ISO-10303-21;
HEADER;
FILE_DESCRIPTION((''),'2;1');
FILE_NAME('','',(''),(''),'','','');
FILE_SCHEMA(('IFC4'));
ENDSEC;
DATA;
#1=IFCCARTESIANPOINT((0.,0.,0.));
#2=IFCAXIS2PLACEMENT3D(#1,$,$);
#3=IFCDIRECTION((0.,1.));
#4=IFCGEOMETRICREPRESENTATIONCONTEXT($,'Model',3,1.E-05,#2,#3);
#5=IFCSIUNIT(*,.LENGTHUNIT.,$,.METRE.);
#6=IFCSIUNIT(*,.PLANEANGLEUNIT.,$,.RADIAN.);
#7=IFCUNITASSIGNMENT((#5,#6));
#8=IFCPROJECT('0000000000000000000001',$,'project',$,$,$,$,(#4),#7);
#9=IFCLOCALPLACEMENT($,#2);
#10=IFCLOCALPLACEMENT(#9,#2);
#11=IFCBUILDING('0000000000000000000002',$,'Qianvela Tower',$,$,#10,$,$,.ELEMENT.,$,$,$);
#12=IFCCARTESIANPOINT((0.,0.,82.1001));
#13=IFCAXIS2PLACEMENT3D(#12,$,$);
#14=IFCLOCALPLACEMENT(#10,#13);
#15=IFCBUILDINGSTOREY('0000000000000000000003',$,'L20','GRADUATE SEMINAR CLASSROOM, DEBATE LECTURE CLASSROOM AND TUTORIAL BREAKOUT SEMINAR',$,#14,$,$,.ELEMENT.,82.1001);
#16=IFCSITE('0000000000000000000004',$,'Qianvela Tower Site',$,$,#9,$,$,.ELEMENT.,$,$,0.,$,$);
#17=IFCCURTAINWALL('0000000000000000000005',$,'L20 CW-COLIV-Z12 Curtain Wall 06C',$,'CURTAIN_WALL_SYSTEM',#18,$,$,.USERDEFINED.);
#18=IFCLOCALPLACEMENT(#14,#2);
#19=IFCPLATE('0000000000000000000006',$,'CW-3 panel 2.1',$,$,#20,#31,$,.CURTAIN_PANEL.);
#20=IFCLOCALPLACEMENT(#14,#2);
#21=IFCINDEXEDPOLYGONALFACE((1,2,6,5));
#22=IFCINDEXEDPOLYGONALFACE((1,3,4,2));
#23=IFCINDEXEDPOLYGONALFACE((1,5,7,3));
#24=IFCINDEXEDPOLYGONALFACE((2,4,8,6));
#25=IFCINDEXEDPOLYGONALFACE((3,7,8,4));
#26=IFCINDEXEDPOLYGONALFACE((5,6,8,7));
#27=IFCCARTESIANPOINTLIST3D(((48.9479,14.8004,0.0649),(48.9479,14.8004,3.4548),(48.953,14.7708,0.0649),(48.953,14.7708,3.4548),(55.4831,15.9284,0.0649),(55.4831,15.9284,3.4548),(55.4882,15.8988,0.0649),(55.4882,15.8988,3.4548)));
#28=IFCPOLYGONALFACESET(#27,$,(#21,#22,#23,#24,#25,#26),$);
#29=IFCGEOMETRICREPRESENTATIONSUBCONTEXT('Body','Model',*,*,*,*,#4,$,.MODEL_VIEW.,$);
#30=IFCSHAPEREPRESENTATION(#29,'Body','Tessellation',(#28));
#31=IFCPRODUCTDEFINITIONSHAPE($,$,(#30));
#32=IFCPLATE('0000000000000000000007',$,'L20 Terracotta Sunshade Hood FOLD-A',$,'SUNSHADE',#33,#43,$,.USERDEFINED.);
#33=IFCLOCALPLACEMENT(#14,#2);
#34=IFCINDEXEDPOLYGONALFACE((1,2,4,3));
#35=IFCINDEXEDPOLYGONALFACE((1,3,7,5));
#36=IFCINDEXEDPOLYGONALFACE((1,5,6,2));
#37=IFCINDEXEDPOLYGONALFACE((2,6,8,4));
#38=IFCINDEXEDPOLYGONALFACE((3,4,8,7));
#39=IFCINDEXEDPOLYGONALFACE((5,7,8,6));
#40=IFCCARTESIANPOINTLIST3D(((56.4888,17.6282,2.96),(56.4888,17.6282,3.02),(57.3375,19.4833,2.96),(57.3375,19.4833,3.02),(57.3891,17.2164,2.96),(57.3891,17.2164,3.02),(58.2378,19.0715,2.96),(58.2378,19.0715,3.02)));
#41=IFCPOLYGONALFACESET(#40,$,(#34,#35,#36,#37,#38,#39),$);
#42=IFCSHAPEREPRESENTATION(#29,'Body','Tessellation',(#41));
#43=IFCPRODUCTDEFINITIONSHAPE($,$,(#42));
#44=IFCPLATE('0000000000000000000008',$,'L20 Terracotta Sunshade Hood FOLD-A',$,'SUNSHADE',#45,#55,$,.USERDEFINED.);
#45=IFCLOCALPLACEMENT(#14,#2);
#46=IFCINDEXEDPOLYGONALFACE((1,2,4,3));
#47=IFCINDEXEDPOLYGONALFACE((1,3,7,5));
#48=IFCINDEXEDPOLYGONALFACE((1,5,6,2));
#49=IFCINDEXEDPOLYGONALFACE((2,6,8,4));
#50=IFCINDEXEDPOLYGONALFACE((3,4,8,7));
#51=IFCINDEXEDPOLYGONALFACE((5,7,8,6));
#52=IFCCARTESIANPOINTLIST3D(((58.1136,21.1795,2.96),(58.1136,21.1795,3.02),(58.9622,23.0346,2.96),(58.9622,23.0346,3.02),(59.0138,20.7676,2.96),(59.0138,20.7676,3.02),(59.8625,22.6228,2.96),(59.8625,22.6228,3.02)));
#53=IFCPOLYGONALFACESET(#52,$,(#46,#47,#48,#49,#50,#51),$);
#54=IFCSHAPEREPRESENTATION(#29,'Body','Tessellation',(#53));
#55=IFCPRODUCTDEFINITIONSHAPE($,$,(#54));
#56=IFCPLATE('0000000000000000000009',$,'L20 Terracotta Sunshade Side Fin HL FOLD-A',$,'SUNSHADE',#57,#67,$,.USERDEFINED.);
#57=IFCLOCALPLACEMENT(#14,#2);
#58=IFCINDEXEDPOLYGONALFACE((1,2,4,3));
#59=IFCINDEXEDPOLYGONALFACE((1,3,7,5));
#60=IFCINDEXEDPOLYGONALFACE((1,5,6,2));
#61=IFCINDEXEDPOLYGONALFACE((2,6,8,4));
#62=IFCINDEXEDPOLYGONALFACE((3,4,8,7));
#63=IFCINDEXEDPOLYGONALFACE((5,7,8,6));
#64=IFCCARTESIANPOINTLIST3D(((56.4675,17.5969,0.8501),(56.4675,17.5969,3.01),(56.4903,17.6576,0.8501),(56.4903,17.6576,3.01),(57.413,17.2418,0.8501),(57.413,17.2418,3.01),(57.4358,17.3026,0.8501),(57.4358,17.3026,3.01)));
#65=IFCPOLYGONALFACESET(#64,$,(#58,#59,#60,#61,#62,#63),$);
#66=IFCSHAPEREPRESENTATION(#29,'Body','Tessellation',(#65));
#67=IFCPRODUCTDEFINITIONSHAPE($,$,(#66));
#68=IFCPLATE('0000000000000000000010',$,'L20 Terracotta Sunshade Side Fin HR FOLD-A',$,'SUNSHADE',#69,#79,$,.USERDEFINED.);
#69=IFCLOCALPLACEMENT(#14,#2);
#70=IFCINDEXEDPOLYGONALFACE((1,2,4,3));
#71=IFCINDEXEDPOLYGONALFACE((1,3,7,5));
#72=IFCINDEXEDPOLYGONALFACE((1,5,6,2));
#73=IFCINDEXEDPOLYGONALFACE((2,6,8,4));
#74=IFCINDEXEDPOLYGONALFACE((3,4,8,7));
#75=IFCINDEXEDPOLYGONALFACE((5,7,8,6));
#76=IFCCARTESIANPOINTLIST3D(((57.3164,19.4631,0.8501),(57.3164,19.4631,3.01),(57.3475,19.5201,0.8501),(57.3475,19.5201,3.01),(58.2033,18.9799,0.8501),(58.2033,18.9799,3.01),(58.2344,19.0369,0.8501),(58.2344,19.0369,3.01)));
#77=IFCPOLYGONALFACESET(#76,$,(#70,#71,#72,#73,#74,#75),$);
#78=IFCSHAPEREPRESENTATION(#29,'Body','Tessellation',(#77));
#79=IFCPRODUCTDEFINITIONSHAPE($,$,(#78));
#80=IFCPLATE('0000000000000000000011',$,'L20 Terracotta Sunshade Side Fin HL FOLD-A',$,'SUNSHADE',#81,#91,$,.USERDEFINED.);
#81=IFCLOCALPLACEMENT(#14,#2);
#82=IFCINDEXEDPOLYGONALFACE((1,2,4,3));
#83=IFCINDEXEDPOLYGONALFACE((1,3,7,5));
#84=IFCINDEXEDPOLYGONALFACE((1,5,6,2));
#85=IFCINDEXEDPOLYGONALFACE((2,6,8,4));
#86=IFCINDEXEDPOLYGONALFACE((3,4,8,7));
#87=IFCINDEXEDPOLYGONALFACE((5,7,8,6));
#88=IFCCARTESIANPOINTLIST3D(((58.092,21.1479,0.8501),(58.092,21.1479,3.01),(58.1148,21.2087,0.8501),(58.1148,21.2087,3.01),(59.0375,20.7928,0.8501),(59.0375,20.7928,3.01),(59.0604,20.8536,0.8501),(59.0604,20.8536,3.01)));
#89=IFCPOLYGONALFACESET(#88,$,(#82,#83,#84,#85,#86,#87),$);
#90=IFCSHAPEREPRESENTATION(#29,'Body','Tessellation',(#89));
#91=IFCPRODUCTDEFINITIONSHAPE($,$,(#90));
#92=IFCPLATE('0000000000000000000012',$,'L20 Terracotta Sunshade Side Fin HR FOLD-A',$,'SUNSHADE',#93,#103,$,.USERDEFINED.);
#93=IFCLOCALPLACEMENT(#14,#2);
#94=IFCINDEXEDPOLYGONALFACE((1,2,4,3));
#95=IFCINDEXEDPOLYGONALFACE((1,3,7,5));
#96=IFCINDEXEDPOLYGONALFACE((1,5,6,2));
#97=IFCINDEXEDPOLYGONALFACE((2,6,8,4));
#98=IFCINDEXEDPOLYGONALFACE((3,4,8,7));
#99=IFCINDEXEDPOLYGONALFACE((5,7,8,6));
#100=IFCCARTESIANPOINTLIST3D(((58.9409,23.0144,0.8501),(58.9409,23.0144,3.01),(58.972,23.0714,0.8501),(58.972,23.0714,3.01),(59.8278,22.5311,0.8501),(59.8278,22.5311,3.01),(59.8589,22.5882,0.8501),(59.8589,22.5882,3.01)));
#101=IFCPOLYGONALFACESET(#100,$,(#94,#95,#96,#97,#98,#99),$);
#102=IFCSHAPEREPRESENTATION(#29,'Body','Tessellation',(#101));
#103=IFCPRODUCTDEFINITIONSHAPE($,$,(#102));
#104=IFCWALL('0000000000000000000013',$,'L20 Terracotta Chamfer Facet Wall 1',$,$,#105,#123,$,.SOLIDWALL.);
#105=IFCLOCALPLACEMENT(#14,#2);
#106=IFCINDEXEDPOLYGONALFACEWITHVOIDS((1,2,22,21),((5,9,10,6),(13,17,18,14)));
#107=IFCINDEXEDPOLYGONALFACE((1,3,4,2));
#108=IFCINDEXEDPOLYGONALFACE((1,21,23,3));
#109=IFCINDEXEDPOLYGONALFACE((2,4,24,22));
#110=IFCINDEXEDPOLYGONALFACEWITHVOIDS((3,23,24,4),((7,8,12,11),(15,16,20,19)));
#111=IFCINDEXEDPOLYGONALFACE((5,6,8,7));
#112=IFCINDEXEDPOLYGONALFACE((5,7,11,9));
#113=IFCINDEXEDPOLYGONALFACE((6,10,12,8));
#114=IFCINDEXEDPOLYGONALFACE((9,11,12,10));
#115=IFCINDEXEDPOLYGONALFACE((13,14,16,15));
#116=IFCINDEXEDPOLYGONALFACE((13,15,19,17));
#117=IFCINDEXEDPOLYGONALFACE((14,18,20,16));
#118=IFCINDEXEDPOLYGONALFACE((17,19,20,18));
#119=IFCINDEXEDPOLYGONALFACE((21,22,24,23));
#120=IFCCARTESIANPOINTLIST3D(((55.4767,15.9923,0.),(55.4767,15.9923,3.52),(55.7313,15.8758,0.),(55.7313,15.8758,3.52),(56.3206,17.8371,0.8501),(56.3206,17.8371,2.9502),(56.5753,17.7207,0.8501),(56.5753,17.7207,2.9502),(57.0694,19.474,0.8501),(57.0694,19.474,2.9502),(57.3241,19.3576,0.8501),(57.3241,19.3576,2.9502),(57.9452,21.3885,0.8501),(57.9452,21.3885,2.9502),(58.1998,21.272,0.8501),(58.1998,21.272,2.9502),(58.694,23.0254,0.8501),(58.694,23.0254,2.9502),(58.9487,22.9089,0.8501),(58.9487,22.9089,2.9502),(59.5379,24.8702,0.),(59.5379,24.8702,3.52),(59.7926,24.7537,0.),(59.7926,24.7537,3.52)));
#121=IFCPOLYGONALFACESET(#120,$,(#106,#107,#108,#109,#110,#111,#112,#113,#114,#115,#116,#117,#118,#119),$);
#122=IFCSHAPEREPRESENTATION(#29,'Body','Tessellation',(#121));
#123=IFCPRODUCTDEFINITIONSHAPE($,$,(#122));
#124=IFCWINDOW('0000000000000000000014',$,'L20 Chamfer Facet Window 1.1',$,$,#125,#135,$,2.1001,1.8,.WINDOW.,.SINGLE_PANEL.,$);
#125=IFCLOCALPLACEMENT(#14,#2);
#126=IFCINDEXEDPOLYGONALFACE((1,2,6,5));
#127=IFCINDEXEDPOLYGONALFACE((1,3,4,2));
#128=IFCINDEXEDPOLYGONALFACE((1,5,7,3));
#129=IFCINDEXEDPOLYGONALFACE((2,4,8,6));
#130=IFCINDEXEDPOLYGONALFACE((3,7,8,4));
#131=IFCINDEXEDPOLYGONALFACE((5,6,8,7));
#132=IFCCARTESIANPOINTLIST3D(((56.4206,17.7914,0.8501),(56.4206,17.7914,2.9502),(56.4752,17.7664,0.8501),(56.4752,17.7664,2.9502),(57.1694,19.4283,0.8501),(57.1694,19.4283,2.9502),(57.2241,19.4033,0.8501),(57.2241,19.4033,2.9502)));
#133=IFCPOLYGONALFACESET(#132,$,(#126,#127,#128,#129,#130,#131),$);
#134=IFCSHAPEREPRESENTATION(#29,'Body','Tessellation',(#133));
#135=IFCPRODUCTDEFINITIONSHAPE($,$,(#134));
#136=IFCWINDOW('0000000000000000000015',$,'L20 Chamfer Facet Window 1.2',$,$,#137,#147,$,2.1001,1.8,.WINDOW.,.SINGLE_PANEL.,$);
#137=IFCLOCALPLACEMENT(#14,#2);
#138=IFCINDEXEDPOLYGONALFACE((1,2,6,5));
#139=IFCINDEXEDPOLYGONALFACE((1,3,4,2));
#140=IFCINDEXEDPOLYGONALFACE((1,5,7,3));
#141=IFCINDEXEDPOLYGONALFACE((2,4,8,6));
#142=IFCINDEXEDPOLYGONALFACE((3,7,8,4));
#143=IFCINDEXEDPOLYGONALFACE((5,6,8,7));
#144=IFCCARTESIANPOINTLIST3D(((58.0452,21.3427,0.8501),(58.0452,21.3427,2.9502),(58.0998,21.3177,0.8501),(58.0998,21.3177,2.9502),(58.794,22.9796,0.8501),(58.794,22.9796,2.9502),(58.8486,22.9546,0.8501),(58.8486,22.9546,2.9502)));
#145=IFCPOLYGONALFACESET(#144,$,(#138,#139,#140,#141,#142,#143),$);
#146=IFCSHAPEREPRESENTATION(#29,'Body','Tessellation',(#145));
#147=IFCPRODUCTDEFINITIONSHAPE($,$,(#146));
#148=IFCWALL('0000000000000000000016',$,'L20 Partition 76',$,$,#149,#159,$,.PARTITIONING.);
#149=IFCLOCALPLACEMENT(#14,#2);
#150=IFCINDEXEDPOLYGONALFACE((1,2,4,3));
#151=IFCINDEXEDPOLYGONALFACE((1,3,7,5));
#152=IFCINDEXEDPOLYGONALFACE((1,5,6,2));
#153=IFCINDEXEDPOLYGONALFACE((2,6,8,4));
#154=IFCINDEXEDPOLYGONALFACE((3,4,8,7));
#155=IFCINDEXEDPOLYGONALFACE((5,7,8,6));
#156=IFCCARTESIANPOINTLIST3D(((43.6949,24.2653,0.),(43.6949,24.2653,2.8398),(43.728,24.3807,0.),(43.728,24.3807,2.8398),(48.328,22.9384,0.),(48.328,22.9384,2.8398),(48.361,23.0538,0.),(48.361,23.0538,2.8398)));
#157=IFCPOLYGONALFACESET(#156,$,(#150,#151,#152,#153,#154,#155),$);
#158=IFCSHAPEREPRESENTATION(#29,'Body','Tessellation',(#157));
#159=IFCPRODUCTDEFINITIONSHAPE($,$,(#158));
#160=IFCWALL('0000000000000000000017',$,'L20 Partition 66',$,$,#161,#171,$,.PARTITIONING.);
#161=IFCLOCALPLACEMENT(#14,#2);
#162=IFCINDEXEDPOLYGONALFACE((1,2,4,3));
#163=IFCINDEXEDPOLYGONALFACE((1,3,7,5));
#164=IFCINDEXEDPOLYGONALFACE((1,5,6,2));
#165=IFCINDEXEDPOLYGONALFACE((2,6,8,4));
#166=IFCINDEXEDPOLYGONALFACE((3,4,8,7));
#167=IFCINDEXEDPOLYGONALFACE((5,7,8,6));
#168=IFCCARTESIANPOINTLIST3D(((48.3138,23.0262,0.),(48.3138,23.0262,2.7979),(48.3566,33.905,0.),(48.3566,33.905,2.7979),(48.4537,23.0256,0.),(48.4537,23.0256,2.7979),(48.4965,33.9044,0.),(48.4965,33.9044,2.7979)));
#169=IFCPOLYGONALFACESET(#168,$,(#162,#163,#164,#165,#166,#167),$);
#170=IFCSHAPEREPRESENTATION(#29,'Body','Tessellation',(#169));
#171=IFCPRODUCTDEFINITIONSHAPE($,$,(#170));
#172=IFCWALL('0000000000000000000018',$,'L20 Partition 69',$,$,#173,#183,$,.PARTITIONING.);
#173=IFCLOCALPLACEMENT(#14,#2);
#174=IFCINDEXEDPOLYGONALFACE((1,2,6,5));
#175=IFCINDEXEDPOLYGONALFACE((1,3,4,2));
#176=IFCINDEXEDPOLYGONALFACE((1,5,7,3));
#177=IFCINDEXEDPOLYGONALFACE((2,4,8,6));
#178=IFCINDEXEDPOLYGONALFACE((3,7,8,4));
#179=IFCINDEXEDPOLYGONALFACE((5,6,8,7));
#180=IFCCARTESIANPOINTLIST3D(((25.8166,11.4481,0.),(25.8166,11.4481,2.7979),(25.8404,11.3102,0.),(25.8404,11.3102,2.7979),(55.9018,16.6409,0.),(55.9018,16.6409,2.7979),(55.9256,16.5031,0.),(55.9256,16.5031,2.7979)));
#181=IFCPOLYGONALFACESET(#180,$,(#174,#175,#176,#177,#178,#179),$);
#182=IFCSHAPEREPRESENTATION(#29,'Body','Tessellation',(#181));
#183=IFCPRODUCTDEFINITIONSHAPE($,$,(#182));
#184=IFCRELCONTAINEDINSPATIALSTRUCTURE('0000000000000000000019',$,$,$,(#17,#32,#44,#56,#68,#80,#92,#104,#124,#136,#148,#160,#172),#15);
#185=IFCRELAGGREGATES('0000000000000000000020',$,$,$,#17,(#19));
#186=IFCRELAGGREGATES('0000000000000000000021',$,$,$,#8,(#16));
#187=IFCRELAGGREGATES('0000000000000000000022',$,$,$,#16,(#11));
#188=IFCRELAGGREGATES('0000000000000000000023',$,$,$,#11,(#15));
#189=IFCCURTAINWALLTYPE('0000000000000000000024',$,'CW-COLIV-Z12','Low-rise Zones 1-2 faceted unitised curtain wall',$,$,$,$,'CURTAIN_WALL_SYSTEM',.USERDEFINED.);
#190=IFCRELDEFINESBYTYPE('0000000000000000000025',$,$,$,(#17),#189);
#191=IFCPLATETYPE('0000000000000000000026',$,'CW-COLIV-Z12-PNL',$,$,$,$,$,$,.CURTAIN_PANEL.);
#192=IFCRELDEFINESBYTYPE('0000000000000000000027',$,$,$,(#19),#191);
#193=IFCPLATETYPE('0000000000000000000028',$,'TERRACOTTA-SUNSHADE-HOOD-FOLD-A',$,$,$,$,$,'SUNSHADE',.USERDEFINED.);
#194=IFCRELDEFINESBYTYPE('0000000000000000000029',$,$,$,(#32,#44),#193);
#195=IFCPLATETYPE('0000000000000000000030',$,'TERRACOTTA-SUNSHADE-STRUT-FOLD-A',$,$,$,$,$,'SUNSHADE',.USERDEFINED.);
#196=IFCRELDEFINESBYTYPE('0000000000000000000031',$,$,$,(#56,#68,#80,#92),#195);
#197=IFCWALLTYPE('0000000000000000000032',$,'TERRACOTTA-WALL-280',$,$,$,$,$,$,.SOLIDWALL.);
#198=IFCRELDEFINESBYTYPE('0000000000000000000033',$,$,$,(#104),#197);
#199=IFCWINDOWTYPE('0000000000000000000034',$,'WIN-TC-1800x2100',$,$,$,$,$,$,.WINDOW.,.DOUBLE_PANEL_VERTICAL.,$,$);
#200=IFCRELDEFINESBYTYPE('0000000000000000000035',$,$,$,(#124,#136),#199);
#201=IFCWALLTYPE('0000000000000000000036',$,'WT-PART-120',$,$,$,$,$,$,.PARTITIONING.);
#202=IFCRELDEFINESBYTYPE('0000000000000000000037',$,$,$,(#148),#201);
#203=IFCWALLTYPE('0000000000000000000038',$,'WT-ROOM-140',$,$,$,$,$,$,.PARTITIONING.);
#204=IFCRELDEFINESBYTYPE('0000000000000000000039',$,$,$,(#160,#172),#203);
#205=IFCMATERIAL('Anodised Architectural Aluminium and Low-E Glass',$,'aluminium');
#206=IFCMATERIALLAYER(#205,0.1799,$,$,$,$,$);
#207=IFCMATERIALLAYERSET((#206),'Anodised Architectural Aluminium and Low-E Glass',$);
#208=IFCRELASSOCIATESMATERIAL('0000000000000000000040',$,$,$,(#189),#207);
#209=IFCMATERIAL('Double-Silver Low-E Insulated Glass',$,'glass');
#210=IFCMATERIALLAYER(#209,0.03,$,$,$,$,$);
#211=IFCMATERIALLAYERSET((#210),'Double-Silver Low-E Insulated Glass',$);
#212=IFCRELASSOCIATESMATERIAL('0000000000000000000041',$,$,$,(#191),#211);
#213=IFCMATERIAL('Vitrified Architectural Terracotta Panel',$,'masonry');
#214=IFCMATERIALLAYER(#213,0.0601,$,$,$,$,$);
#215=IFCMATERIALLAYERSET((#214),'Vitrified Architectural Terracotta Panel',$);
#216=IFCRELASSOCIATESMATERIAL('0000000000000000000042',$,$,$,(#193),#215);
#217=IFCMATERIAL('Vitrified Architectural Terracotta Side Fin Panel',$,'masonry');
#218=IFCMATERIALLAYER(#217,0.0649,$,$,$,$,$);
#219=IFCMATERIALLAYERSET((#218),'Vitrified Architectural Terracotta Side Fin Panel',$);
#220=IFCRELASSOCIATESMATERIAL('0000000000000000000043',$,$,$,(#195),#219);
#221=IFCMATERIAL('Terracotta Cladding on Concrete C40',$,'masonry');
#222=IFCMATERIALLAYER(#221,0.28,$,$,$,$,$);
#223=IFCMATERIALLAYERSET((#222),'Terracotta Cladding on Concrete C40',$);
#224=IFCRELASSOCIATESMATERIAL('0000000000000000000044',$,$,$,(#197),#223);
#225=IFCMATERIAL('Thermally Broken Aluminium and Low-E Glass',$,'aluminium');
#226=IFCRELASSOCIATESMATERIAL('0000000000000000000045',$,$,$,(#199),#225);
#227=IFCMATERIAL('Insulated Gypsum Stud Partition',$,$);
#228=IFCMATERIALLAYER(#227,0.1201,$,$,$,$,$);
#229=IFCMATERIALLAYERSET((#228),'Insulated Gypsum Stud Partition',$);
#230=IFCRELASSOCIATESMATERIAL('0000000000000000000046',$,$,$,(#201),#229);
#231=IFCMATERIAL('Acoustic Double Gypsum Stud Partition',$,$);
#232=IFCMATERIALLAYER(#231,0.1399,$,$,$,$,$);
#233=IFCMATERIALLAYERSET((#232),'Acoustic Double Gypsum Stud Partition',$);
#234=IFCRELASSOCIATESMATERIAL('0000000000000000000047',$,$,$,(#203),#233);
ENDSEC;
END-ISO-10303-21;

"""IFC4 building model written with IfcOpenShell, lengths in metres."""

from ifc_helpers import new_model, si_unit, direction, frame, frame_2d, origin, origin_2d, place, context, subcontext, project, spatial, rectangle, extrude, material, layer, layer_set, type_object, element, fill, aggregate, save


model = new_model("IFC4")

# Units and contexts
model_context = context("Model", 3, precision=1e-05, world=origin(), true_north=direction((0.0, 1.0)))
body_context = subcontext(model_context, "Body", "Model", "MODEL_VIEW")
ifc_project = project(units=[si_unit("LENGTHUNIT", "METRE"), si_unit("PLANEANGLEUNIT", "RADIAN")], contexts=[model_context])

# Site, building, storey
site_placement = place(None, origin())
site = spatial("IfcSite", under=ifc_project, at=site_placement, Name="Qianvela Tower Site", CompositionType="ELEMENT", RefElevation=0.0)
building_placement = place(site_placement, origin())
building = spatial("IfcBuilding", under=site, at=building_placement, Name="Qianvela Tower", CompositionType="ELEMENT")
storey_placement = place(building_placement, frame((0.0, 0.0, 82.1001)))
storey = spatial("IfcBuildingStorey", under=building, at=storey_placement, Name="L20", Description="GRADUATE SEMINAR CLASSROOM, DEBATE LECTURE CLASSROOM AND TUTORIAL BREAKOUT SEMINAR", CompositionType="ELEMENT", Elevation=82.1001)

# Shared definitions
ifc_material_1 = material(Name="Anodised Architectural Aluminium and Low-E Glass", Category="aluminium")
ifc_layer_1 = layer(ifc_material_1, 0.1799)
ifc_layer_set_1 = layer_set([ifc_layer_1], Name="Anodised Architectural Aluminium and Low-E Glass")
curtain_wall_type_1 = type_object("IfcCurtainWallType", Name="CW-COLIV-Z12", Description="Low-rise Zones 1-2 faceted unitised curtain wall", ElementType="CURTAIN_WALL_SYSTEM", PredefinedType="USERDEFINED", material=ifc_layer_set_1)

# Curtain wall
curtain_wall_1_placement = place(storey_placement, origin())
curtain_wall_1 = element("IfcCurtainWall", 1, at=curtain_wall_1_placement, inside=storey, type_object=curtain_wall_type_1, Name="L20 CW-COLIV-Z12 Curtain Wall 06C", ObjectType="CURTAIN_WALL_SYSTEM", PredefinedType="USERDEFINED")

# Plate
ifc_material_2 = material(Name="Double-Silver Low-E Insulated Glass", Category="glass")
ifc_layer_2 = layer(ifc_material_2, 0.03)
ifc_layer_set_2 = layer_set([ifc_layer_2], Name="Double-Silver Low-E Insulated Glass")
plate_type_1 = type_object("IfcPlateType", Name="CW-COLIV-Z12-PNL", PredefinedType="CURTAIN_PANEL", material=ifc_layer_set_2)
plate_1_placement = place(storey_placement, frame((52.218, 15.3496, 0.0649), z_axis=(0.0, 0.0, 1.0), x_axis=(0.985429, 0.170087, 0.0)))
plate_1 = element("IfcPlate", 2, at=plate_1_placement, type_object=plate_type_1, Name="CW-3 panel 2.1", PredefinedType="CURTAIN_PANEL", context=body_context, shape_type="SweptSolid", body=[
    extrude(rectangle(XDim=6.6318, YDim=0.03, at=origin_2d()), origin(), (0.0, 0.0, 1.0), 3.3899),
])
aggregate(curtain_wall_1, [plate_1])

# Plates
ifc_material_3 = material(Name="Vitrified Architectural Terracotta Panel", Category="masonry")
ifc_layer_3 = layer(ifc_material_3, 0.0601)
ifc_layer_set_3 = layer_set([ifc_layer_3], Name="Vitrified Architectural Terracotta Panel")
plate_type_2 = type_object("IfcPlateType", Name="TERRACOTTA-SUNSHADE-HOOD-FOLD-A", ElementType="SUNSHADE", PredefinedType="USERDEFINED", material=ifc_layer_set_3)
for number, where, z_axis, x_axis, name in (
    (3, (57.3633, 18.3499, 2.96), (0.0, 0.0, 1.0), (0.416013, 0.909359, 0.0), "L20 Terracotta Sunshade Hood FOLD-A"),
    (4, (58.988, 21.9011, 2.96), (0.0, 0.0, 1.0), (0.416013, 0.909359, 0.0), "L20 Terracotta Sunshade Hood FOLD-A"),
):
    element("IfcPlate", number, at=place(storey_placement, frame(where, z_axis=z_axis, x_axis=x_axis)), inside=storey, type_object=plate_type_2, Name=name, ObjectType="SUNSHADE", PredefinedType="USERDEFINED", context=body_context, shape_type="SweptSolid", body=[
        extrude(rectangle(XDim=2.04, YDim=0.99, at=origin_2d()), origin(), (0.0, 0.0, 1.0), 0.0601),
    ])
ifc_material_4 = material(Name="Vitrified Architectural Terracotta Side Fin Panel", Category="masonry")
ifc_layer_4 = layer(ifc_material_4, 0.0649)
ifc_layer_set_4 = layer_set([ifc_layer_4], Name="Vitrified Architectural Terracotta Side Fin Panel")
plate_type_3 = type_object("IfcPlateType", Name="TERRACOTTA-SUNSHADE-STRUT-FOLD-A", ElementType="SUNSHADE", PredefinedType="USERDEFINED", material=ifc_layer_set_4)
for number, where, z_axis, x_axis, name in (
    (5, (56.9517, 17.4497, 0.8501), (0.0, 0.0, 1.0), (0.351566, 0.936163, 0.0), "L20 Terracotta Sunshade Side Fin HL FOLD-A"),
    (6, (57.7754, 19.25, 0.8501), (0.0, 0.0, 1.0), (0.478433, 0.878124, 0.0), "L20 Terracotta Sunshade Side Fin HR FOLD-A"),
    (7, (58.5762, 21.0007, 0.8501), (0.0, 0.0, 1.0), (0.351566, 0.936163, 0.0), "L20 Terracotta Sunshade Side Fin HL FOLD-A"),
    (8, (59.3999, 22.8013, 0.8501), (0.0, 0.0, 1.0), (0.478433, 0.878124, 0.0), "L20 Terracotta Sunshade Side Fin HR FOLD-A"),
):
    element("IfcPlate", number, at=place(storey_placement, frame(where, z_axis=z_axis, x_axis=x_axis)), inside=storey, type_object=plate_type_3, Name=name, ObjectType="SUNSHADE", PredefinedType="USERDEFINED", context=body_context, shape_type="SweptSolid", body=[
        extrude(rectangle(XDim=0.0649, YDim=1.01, at=origin_2d()), origin(), (0.0, 0.0, 1.0), 2.1599),
    ])

# Wall, openings, windows
ifc_material_5 = material(Name="Terracotta Cladding on Concrete C40", Category="masonry")
ifc_layer_5 = layer(ifc_material_5, 0.28)
ifc_layer_set_5 = layer_set([ifc_layer_5], Name="Terracotta Cladding on Concrete C40")
wall_type_1 = type_object("IfcWallType", Name="TERRACOTTA-WALL-280", PredefinedType="SOLIDWALL", material=ifc_layer_set_5)
wall_1_placement = place(storey_placement, frame((55.604, 15.9341, 0.0), z_axis=(0.0, 0.0, 1.0), x_axis=(0.415997, 0.909366, 0.0)))
wall_1 = element("IfcWall", 9, at=wall_1_placement, inside=storey, type_object=wall_type_1, Name="L20 Terracotta Chamfer Facet Wall 1", PredefinedType="SOLIDWALL", context=body_context, shape_type="SweptSolid", body=[
    extrude(rectangle(XDim=9.7627, YDim=0.28, at=frame_2d((4.8813, 0.0))), origin(), (0.0, 0.0, 1.0), 3.52),
])
opening_1_placement = place(wall_1_placement, frame((2.0288, 0.0, 0.8501)))
opening_1 = element("IfcOpeningElement", 10, at=opening_1_placement, cuts=wall_1, PredefinedType="OPENING", context=body_context, shape_type="SweptSolid", body=[
    extrude(rectangle(XDim=1.8, YDim=2.1001, at=frame_2d((0.8999, 1.05))), frame((0.0, 0.1499, 0.0), z_axis=(0.0, -1.0, 0.0), x_axis=(1.0, 0.0, 0.0)), (0.0, 0.0, 1.0), 0.3),
])
opening_2_placement = place(wall_1_placement, frame((5.9341, 0.0, 0.8501)))
opening_2 = element("IfcOpeningElement", 11, at=opening_2_placement, cuts=wall_1, PredefinedType="OPENING", context=body_context, shape_type="SweptSolid", body=[
    extrude(rectangle(XDim=1.8, YDim=2.1001, at=frame_2d((0.8999, 1.05))), frame((0.0, 0.1499, 0.0), z_axis=(0.0, -1.0, 0.0), x_axis=(1.0, 0.0, 0.0)), (0.0, 0.0, 1.0), 0.3),
])
ifc_material_6 = material(Name="Thermally Broken Aluminium and Low-E Glass", Category="aluminium")
window_type = type_object("IfcWindowType", Name="WIN-TC-1800x2100", PartitioningType="DOUBLE_PANEL_VERTICAL", PredefinedType="WINDOW", material=ifc_material_6)
window_1_placement = place(opening_1_placement, origin())
window_1 = element("IfcWindow", 12, at=window_1_placement, inside=storey, type_object=window_type, Name="L20 Chamfer Facet Window 1.1", OverallHeight=2.1001, OverallWidth=1.8, PartitioningType="SINGLE_PANEL", PredefinedType="WINDOW", context=body_context, shape_type="SweptSolid", body=[
    extrude(rectangle(XDim=1.8, YDim=2.1001, at=frame_2d((0.8999, 1.05))), frame((0.0, 0.03, 0.0), z_axis=(0.0, -1.0, 0.0), x_axis=(1.0, 0.0, 0.0)), (0.0, 0.0, 1.0), 0.0601),
])
fill(opening_1, window_1)
window_2_placement = place(opening_2_placement, origin())
window_2 = element("IfcWindow", 13, at=window_2_placement, inside=storey, type_object=window_type, Name="L20 Chamfer Facet Window 1.2", OverallHeight=2.1001, OverallWidth=1.8, PartitioningType="SINGLE_PANEL", PredefinedType="WINDOW", context=body_context, shape_type="SweptSolid", body=[
    extrude(rectangle(XDim=1.8, YDim=2.1001, at=frame_2d((0.8999, 1.05))), frame((0.0, 0.03, 0.0), z_axis=(0.0, -1.0, 0.0), x_axis=(1.0, 0.0, 0.0)), (0.0, 0.0, 1.0), 0.0601),
])
fill(opening_2, window_2)

# Walls
ifc_material_7 = material(Name="Insulated Gypsum Stud Partition")
ifc_layer_6 = layer(ifc_material_7, 0.1201)
ifc_layer_set_6 = layer_set([ifc_layer_6], Name="Insulated Gypsum Stud Partition")
wall_type_2 = type_object("IfcWallType", Name="WT-PART-120", PredefinedType="PARTITIONING", material=ifc_layer_set_6)
wall_2_placement = place(storey_placement, frame((43.7114, 24.323, 0.0), z_axis=(0.0, 0.0, 1.0), x_axis=(0.96135, -0.27533, 0.0)))
element("IfcWall", 14, at=wall_2_placement, inside=storey, type_object=wall_type_2, Name="L20 Partition 76", PredefinedType="PARTITIONING", context=body_context, shape_type="SweptSolid", body=[
    extrude(rectangle(XDim=4.8193, YDim=0.1201, at=frame_2d((2.4097, 0.0))), origin(), (0.0, 0.0, 1.0), 2.8398),
])
ifc_material_8 = material(Name="Acoustic Double Gypsum Stud Partition")
ifc_layer_7 = layer(ifc_material_8, 0.1399)
ifc_layer_set_7 = layer_set([ifc_layer_7], Name="Acoustic Double Gypsum Stud Partition")
wall_type_3 = type_object("IfcWallType", Name="WT-ROOM-140", PredefinedType="PARTITIONING", material=ifc_layer_set_7)
wall_3_placement = place(storey_placement, frame((48.3838, 23.0259, 0.0), z_axis=(0.0, 0.0, 1.0), x_axis=(0.003927, 0.999992, 0.0)))
element("IfcWall", 15, at=wall_3_placement, inside=storey, type_object=wall_type_3, Name="L20 Partition 66", PredefinedType="PARTITIONING", context=body_context, shape_type="SweptSolid", body=[
    extrude(rectangle(XDim=10.8789, YDim=0.1399, at=frame_2d((5.4395, 0.0))), origin(), (0.0, 0.0, 1.0), 2.7979),
])
wall_4_placement = place(storey_placement, frame((55.9138, 16.572, 0.0), z_axis=(0.0, 0.0, 1.0), x_axis=(-0.985428, -0.17009, 0.0)))
element("IfcWall", 16, at=wall_4_placement, inside=storey, type_object=wall_type_3, Name="L20 Partition 69", PredefinedType="PARTITIONING", context=body_context, shape_type="SweptSolid", body=[
    extrude(rectangle(XDim=30.53, YDim=0.1399, at=frame_2d((15.2651, 0.0))), origin(), (0.0, 0.0, 1.0), 2.7979),
])

save(model, "model.ifc")
